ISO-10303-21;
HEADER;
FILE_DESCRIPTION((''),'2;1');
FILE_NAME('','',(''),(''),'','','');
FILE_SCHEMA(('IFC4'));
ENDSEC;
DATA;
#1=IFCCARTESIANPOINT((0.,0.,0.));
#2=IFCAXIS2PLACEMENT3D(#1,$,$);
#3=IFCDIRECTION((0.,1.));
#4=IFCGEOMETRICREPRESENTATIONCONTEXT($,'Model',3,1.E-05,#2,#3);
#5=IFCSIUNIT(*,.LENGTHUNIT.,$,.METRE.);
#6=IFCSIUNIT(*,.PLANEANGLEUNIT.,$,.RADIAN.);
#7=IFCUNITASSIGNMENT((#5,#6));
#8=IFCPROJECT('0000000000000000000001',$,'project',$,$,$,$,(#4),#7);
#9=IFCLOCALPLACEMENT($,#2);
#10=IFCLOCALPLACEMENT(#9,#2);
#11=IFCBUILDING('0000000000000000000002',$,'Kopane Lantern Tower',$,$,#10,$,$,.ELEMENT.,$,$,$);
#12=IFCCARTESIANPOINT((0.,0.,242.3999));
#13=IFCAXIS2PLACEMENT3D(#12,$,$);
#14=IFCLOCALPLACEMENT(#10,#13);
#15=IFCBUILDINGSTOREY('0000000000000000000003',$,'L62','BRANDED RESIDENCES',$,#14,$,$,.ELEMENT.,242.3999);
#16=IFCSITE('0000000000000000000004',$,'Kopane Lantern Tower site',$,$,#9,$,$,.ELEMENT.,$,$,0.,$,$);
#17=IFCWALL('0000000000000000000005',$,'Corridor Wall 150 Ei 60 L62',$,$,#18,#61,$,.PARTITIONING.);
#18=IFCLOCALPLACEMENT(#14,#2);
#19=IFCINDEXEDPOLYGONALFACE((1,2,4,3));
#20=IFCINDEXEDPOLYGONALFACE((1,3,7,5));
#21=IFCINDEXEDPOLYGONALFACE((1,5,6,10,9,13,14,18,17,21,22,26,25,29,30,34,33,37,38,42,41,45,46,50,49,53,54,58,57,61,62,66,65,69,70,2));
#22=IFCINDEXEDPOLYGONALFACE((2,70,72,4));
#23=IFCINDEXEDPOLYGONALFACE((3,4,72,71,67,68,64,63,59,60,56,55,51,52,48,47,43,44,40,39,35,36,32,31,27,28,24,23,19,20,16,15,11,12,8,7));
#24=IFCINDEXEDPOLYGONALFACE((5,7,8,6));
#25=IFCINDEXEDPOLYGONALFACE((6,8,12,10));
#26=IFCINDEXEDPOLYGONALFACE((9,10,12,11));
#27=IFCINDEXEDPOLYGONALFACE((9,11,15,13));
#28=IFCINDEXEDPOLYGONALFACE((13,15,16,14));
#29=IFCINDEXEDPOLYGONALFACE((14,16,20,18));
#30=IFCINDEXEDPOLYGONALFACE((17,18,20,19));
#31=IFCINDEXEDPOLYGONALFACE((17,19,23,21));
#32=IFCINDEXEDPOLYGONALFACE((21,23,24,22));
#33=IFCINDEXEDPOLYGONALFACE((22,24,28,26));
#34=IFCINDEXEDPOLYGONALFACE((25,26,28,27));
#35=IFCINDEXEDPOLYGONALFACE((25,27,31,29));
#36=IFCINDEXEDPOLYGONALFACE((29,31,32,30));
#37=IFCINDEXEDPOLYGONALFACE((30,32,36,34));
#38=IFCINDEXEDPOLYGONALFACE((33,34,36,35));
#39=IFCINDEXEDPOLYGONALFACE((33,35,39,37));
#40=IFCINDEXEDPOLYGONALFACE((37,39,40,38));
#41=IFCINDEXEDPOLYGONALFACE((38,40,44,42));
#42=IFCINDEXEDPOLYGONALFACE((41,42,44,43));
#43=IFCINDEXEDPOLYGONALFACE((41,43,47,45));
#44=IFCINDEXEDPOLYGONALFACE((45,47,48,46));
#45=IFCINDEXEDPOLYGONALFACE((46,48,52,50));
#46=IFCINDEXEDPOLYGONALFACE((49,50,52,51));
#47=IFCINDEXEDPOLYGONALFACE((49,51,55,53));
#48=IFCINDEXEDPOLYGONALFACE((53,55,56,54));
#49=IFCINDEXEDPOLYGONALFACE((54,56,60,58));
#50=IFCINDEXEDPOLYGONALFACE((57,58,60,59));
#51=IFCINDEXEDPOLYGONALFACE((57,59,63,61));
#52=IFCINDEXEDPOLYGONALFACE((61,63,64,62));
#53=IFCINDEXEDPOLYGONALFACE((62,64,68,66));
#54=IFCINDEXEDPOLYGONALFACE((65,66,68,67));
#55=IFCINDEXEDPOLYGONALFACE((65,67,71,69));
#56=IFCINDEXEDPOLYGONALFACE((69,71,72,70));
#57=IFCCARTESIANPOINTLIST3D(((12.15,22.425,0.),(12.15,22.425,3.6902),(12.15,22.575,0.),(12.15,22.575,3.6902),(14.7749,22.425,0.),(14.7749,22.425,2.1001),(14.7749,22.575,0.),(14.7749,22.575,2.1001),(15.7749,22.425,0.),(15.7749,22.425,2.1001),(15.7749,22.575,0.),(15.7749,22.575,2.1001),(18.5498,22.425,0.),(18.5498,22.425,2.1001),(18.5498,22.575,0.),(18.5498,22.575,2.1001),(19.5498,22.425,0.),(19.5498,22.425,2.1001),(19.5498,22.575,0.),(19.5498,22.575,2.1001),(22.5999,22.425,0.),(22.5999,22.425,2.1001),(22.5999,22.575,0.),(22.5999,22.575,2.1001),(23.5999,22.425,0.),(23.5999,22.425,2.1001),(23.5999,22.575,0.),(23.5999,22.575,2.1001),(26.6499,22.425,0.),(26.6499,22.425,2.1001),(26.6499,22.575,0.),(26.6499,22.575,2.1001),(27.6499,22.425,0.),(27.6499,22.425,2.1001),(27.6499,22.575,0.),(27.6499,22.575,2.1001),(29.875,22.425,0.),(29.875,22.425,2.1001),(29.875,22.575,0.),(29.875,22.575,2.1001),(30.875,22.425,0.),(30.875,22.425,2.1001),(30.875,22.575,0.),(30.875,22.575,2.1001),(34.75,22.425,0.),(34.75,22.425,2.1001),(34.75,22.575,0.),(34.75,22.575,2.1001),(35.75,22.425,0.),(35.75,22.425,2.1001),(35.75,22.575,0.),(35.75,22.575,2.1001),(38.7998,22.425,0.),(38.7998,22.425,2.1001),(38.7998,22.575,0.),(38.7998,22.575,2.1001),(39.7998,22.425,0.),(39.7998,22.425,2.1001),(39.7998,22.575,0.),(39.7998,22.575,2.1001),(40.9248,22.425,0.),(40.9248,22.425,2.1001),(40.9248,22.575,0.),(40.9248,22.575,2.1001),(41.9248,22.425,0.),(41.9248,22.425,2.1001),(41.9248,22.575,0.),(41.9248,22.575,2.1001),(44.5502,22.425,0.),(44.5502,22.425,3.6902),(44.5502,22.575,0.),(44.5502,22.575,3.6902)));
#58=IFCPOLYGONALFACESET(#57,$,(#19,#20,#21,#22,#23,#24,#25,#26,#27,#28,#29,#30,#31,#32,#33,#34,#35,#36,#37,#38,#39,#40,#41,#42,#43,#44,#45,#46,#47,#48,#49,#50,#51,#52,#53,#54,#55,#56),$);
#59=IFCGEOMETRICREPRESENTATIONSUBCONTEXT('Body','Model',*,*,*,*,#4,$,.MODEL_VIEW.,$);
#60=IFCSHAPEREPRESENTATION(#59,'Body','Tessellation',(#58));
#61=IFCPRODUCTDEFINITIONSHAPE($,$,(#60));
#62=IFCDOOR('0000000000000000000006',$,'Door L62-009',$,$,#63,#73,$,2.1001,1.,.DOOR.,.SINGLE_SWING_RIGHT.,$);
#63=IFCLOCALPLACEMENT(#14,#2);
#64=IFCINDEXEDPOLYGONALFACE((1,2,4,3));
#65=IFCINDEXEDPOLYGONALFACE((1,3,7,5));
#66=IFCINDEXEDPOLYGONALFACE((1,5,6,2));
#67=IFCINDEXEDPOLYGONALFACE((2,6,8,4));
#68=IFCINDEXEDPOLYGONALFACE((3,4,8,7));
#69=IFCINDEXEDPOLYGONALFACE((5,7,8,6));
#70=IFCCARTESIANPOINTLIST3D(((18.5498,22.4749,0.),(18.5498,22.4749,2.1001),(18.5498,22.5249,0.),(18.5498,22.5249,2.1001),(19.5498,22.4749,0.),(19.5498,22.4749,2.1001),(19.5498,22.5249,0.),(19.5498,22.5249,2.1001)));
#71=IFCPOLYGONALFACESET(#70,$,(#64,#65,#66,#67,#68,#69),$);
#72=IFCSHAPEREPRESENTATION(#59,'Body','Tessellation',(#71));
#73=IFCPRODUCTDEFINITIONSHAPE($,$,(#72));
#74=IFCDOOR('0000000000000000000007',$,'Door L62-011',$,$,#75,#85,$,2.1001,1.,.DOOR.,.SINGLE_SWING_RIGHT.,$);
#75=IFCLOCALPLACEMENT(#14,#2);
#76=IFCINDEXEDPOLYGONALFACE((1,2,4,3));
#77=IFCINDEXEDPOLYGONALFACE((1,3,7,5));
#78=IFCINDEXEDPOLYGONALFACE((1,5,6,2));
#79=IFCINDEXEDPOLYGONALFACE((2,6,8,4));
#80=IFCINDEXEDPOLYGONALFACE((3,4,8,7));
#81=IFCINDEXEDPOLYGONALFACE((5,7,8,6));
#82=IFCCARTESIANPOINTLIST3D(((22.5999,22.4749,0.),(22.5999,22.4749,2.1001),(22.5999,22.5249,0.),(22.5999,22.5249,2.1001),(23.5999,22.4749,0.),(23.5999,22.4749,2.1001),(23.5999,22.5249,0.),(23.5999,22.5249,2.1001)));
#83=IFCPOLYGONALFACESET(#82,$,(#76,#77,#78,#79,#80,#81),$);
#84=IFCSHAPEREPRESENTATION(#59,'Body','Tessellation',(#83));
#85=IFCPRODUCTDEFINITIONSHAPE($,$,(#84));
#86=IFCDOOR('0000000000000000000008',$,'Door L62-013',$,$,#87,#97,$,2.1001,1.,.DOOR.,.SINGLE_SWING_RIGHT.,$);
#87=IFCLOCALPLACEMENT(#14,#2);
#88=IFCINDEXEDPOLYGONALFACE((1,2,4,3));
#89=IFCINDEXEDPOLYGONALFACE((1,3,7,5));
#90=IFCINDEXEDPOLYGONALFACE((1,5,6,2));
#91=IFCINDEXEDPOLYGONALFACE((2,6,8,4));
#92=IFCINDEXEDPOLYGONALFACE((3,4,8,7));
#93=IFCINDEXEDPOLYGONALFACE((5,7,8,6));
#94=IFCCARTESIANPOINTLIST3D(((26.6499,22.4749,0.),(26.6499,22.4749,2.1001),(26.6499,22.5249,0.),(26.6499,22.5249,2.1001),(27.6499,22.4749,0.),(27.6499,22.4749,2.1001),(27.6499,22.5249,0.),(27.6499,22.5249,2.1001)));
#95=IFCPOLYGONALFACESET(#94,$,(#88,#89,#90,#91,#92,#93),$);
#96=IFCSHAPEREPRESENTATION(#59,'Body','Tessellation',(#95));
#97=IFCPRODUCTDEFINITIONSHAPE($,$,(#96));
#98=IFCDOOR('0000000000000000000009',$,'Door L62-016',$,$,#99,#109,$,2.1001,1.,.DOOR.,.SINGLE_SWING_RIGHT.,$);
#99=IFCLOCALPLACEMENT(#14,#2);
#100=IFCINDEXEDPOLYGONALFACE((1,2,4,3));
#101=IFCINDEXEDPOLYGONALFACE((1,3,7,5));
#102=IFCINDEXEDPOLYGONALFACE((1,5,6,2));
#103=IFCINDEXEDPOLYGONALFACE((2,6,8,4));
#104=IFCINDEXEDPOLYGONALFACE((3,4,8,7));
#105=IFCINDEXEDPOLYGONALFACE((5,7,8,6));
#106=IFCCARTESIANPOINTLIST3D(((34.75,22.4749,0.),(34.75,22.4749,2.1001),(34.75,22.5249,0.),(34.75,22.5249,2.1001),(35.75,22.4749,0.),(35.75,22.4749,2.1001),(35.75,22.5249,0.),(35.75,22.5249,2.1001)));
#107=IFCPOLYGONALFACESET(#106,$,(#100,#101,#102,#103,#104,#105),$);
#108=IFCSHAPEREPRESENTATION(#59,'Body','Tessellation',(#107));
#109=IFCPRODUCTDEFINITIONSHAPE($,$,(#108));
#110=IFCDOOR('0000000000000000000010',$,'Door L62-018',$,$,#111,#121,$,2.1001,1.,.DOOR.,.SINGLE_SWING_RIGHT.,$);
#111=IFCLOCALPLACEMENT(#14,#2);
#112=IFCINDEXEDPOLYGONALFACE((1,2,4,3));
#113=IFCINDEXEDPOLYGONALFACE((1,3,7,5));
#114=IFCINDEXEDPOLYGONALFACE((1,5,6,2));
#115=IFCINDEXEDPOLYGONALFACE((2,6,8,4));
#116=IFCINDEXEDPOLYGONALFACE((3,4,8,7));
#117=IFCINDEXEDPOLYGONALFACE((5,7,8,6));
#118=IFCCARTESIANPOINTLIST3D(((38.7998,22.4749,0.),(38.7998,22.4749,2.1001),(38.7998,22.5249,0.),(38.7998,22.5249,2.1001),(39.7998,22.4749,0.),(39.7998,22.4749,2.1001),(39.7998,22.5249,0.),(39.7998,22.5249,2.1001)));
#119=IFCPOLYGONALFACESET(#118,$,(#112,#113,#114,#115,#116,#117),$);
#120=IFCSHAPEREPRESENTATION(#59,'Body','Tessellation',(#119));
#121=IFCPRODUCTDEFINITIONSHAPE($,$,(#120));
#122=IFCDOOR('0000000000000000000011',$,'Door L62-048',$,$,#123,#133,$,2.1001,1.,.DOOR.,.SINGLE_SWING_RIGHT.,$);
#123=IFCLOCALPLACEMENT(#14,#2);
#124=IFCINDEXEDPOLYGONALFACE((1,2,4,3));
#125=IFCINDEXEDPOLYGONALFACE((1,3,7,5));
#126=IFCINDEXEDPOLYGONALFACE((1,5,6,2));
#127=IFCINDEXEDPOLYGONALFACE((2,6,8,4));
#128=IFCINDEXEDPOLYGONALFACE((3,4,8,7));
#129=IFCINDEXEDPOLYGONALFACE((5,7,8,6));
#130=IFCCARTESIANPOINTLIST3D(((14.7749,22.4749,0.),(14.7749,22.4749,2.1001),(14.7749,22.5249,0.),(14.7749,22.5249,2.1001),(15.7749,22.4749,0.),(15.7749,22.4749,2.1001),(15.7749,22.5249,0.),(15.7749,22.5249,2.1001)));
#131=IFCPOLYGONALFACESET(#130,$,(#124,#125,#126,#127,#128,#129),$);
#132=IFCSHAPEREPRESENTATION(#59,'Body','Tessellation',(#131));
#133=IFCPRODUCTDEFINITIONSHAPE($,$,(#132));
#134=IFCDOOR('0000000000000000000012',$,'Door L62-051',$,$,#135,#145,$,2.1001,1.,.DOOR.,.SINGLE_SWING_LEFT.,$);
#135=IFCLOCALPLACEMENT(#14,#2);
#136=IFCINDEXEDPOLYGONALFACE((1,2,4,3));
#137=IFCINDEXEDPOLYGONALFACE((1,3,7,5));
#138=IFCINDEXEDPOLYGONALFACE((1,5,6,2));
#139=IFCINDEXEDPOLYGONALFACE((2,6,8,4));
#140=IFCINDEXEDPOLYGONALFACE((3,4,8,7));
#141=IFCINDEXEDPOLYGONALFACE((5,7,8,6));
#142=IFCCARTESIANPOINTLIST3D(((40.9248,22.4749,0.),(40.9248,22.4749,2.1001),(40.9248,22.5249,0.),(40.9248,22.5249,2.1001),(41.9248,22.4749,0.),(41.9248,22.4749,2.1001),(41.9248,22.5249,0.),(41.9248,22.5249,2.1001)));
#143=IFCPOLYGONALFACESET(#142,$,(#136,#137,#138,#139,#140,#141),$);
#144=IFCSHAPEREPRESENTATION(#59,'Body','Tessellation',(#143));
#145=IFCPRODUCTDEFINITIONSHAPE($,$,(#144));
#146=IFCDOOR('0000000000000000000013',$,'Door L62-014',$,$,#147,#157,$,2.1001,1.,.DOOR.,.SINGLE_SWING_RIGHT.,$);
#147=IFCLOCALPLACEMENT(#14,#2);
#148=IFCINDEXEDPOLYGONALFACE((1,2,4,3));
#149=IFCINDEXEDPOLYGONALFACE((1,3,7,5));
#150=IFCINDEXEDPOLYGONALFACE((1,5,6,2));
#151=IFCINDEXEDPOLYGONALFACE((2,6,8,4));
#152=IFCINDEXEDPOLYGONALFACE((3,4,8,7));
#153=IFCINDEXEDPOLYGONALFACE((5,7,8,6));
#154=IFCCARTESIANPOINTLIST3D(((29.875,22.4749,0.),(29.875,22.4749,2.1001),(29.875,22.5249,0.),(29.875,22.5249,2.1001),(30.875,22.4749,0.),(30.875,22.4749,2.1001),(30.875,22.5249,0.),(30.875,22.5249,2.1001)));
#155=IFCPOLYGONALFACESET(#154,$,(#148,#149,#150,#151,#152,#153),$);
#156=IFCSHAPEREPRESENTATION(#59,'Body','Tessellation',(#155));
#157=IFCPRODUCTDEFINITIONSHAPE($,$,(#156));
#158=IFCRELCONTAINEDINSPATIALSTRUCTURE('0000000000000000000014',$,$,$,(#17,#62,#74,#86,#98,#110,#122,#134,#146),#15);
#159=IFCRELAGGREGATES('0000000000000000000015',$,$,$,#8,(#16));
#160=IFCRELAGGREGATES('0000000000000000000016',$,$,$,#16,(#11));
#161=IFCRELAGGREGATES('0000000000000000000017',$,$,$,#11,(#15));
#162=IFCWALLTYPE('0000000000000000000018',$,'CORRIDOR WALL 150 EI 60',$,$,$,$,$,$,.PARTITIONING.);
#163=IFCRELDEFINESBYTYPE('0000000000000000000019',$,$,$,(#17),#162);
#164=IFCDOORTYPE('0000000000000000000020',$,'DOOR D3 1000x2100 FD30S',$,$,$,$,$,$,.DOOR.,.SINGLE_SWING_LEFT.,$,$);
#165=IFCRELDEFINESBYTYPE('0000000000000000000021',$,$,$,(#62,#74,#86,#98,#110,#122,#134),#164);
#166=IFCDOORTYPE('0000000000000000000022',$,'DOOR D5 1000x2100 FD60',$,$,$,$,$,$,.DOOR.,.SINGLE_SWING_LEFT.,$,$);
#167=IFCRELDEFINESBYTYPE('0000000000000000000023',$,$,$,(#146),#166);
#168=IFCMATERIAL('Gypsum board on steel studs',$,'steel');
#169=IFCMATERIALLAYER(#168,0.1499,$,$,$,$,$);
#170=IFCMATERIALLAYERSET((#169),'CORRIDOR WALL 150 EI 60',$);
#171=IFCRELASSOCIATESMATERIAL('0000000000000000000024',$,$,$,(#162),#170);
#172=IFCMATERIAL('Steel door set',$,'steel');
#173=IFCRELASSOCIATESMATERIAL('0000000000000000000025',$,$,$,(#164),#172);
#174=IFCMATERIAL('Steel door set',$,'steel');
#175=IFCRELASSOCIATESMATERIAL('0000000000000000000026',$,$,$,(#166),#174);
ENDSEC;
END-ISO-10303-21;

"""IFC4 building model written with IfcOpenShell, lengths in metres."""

from ifc_helpers import new_model, si_unit, direction, frame, frame_2d, origin, place, context, subcontext, project, spatial, rectangle, extrude, material, layer, layer_set, type_object, element, fill, save


model = new_model("IFC4")

# Units and contexts
model_context = context("Model", 3, precision=1e-05, world=origin(), true_north=direction((0.0, 1.0)))
body_context = subcontext(model_context, "Body", "Model", "MODEL_VIEW")
ifc_project = project(units=[si_unit("LENGTHUNIT", "METRE"), si_unit("PLANEANGLEUNIT", "RADIAN")], contexts=[model_context])

# Site, building, storey
site_placement = place(None, origin())
site = spatial("IfcSite", under=ifc_project, at=site_placement, Name="Kopane Lantern Tower site", CompositionType="ELEMENT", RefElevation=0.0)
building_placement = place(site_placement, origin())
building = spatial("IfcBuilding", under=site, at=building_placement, Name="Kopane Lantern Tower", CompositionType="ELEMENT")
storey_placement = place(building_placement, frame((0.0, 0.0, 242.3999)))
storey = spatial("IfcBuildingStorey", under=building, at=storey_placement, Name="L62", Description="BRANDED RESIDENCES", CompositionType="ELEMENT", Elevation=242.3999)

# Wall, openings, doors
ifc_material_1 = material(Name="Gypsum board on steel studs", Category="steel")
ifc_layer_1 = layer(ifc_material_1, 0.1499)
ifc_layer_set_1 = layer_set([ifc_layer_1], Name="CORRIDOR WALL 150 EI 60")
wall_type_1 = type_object("IfcWallType", Name="CORRIDOR WALL 150 EI 60", PredefinedType="PARTITIONING", material=ifc_layer_set_1)
wall_1_placement = place(storey_placement, frame((12.1499, 22.5, 0.0), z_axis=(0.0, 0.0, 1.0), x_axis=(1.0, 0.0, 0.0)))
wall_1 = element("IfcWall", 1, at=wall_1_placement, inside=storey, type_object=wall_type_1, Name="Corridor Wall 150 Ei 60 L62", PredefinedType="PARTITIONING", context=body_context, shape_type="SweptSolid", body=[
    extrude(rectangle(XDim=32.4001, YDim=0.1499, at=frame_2d((16.2002, 0.0))), origin(), (0.0, 0.0, 1.0), 3.6902),
])
opening_1_placement = place(wall_1_placement, frame((6.3999, 0.0, 0.0)))
opening_1 = element("IfcOpeningElement", 2, at=opening_1_placement, cuts=wall_1, PredefinedType="OPENING", context=body_context, shape_type="SweptSolid", body=[
    extrude(rectangle(XDim=1.0, YDim=2.1001, at=frame_2d((0.5, 1.05))), frame((0.0, 0.085, 0.0), z_axis=(0.0, -1.0, 0.0), x_axis=(1.0, 0.0, 0.0)), (0.0, 0.0, 1.0), 0.1699),
])
opening_2_placement = place(wall_1_placement, frame((10.45, 0.0, 0.0)))
opening_2 = element("IfcOpeningElement", 3, at=opening_2_placement, cuts=wall_1, PredefinedType="OPENING", context=body_context, shape_type="SweptSolid", body=[
    extrude(rectangle(XDim=1.0, YDim=2.1001, at=frame_2d((0.5, 1.05))), frame((0.0, 0.085, 0.0), z_axis=(0.0, -1.0, 0.0), x_axis=(1.0, 0.0, 0.0)), (0.0, 0.0, 1.0), 0.1699),
])
opening_3_placement = place(wall_1_placement, frame((14.5, 0.0, 0.0)))
opening_3 = element("IfcOpeningElement", 4, at=opening_3_placement, cuts=wall_1, PredefinedType="OPENING", context=body_context, shape_type="SweptSolid", body=[
    extrude(rectangle(XDim=1.0, YDim=2.1001, at=frame_2d((0.5, 1.05))), frame((0.0, 0.085, 0.0), z_axis=(0.0, -1.0, 0.0), x_axis=(1.0, 0.0, 0.0)), (0.0, 0.0, 1.0), 0.1699),
])
opening_4_placement = place(wall_1_placement, frame((17.7251, 0.0, 0.0)))
opening_4 = element("IfcOpeningElement", 5, at=opening_4_placement, cuts=wall_1, PredefinedType="OPENING", context=body_context, shape_type="SweptSolid", body=[
    extrude(rectangle(XDim=1.0, YDim=2.1001, at=frame_2d((0.5, 1.05))), frame((0.0, 0.085, 0.0), z_axis=(0.0, -1.0, 0.0), x_axis=(1.0, 0.0, 0.0)), (0.0, 0.0, 1.0), 0.1699),
])
opening_5_placement = place(wall_1_placement, frame((22.6001, 0.0, 0.0)))
opening_5 = element("IfcOpeningElement", 6, at=opening_5_placement, cuts=wall_1, PredefinedType="OPENING", context=body_context, shape_type="SweptSolid", body=[
    extrude(rectangle(XDim=1.0, YDim=2.1001, at=frame_2d((0.5, 1.05))), frame((0.0, 0.085, 0.0), z_axis=(0.0, -1.0, 0.0), x_axis=(1.0, 0.0, 0.0)), (0.0, 0.0, 1.0), 0.1699),
])
opening_6_placement = place(wall_1_placement, frame((26.6499, 0.0, 0.0)))
opening_6 = element("IfcOpeningElement", 7, at=opening_6_placement, cuts=wall_1, PredefinedType="OPENING", context=body_context, shape_type="SweptSolid", body=[
    extrude(rectangle(XDim=1.0, YDim=2.1001, at=frame_2d((0.5, 1.05))), frame((0.0, 0.085, 0.0), z_axis=(0.0, -1.0, 0.0), x_axis=(1.0, 0.0, 0.0)), (0.0, 0.0, 1.0), 0.1699),
])
opening_7_placement = place(wall_1_placement, frame((2.625, 0.0, 0.0)))
opening_7 = element("IfcOpeningElement", 8, at=opening_7_placement, cuts=wall_1, PredefinedType="OPENING", context=body_context, shape_type="SweptSolid", body=[
    extrude(rectangle(XDim=1.0, YDim=2.1001, at=frame_2d((0.5, 1.05))), frame((0.0, 0.085, 0.0), z_axis=(0.0, -1.0, 0.0), x_axis=(1.0, 0.0, 0.0)), (0.0, 0.0, 1.0), 0.1699),
])
opening_8_placement = place(wall_1_placement, frame((28.7749, 0.0, 0.0)))
opening_8 = element("IfcOpeningElement", 9, at=opening_8_placement, cuts=wall_1, PredefinedType="OPENING", context=body_context, shape_type="SweptSolid", body=[
    extrude(rectangle(XDim=1.0, YDim=2.1001, at=frame_2d((0.5, 1.05))), frame((0.0, 0.085, 0.0), z_axis=(0.0, -1.0, 0.0), x_axis=(1.0, 0.0, 0.0)), (0.0, 0.0, 1.0), 0.1699),
])
ifc_material_2 = material(Name="Steel door set", Category="steel")
door_type_1 = type_object("IfcDoorType", Name="DOOR D3 1000x2100 FD30S", OperationType="SINGLE_SWING_LEFT", PredefinedType="DOOR", material=ifc_material_2)
door_1_placement = place(opening_1_placement, origin())
door_1 = element("IfcDoor", 10, at=door_1_placement, inside=storey, type_object=door_type_1, Name="Door L62-009", OperationType="SINGLE_SWING_RIGHT", OverallHeight=2.1001, OverallWidth=1.0, PredefinedType="DOOR", context=body_context, shape_type="SweptSolid", body=[
    extrude(rectangle(XDim=1.0, YDim=2.1001, at=frame_2d((0.5, 1.05))), frame((0.0, 0.0249, 0.0), z_axis=(0.0, -1.0, 0.0), x_axis=(1.0, 0.0, 0.0)), (0.0, 0.0, 1.0), 0.05),
])
fill(opening_1, door_1)
door_2_placement = place(opening_2_placement, origin())
door_2 = element("IfcDoor", 11, at=door_2_placement, inside=storey, type_object=door_type_1, Name="Door L62-011", OperationType="SINGLE_SWING_RIGHT", OverallHeight=2.1001, OverallWidth=1.0, PredefinedType="DOOR", context=body_context, shape_type="SweptSolid", body=[
    extrude(rectangle(XDim=1.0, YDim=2.1001, at=frame_2d((0.5, 1.05))), frame((0.0, 0.0249, 0.0), z_axis=(0.0, -1.0, 0.0), x_axis=(1.0, 0.0, 0.0)), (0.0, 0.0, 1.0), 0.05),
])
fill(opening_2, door_2)
door_3_placement = place(opening_3_placement, origin())
door_3 = element("IfcDoor", 12, at=door_3_placement, inside=storey, type_object=door_type_1, Name="Door L62-013", OperationType="SINGLE_SWING_RIGHT", OverallHeight=2.1001, OverallWidth=1.0, PredefinedType="DOOR", context=body_context, shape_type="SweptSolid", body=[
    extrude(rectangle(XDim=1.0, YDim=2.1001, at=frame_2d((0.5, 1.05))), frame((0.0, 0.0249, 0.0), z_axis=(0.0, -1.0, 0.0), x_axis=(1.0, 0.0, 0.0)), (0.0, 0.0, 1.0), 0.05),
])
fill(opening_3, door_3)
door_4_placement = place(opening_5_placement, origin())
door_4 = element("IfcDoor", 13, at=door_4_placement, inside=storey, type_object=door_type_1, Name="Door L62-016", OperationType="SINGLE_SWING_RIGHT", OverallHeight=2.1001, OverallWidth=1.0, PredefinedType="DOOR", context=body_context, shape_type="SweptSolid", body=[
    extrude(rectangle(XDim=1.0, YDim=2.1001, at=frame_2d((0.5, 1.05))), frame((0.0, 0.0249, 0.0), z_axis=(0.0, -1.0, 0.0), x_axis=(1.0, 0.0, 0.0)), (0.0, 0.0, 1.0), 0.05),
])
fill(opening_5, door_4)
door_5_placement = place(opening_6_placement, origin())
door_5 = element("IfcDoor", 14, at=door_5_placement, inside=storey, type_object=door_type_1, Name="Door L62-018", OperationType="SINGLE_SWING_RIGHT", OverallHeight=2.1001, OverallWidth=1.0, PredefinedType="DOOR", context=body_context, shape_type="SweptSolid", body=[
    extrude(rectangle(XDim=1.0, YDim=2.1001, at=frame_2d((0.5, 1.05))), frame((0.0, 0.0249, 0.0), z_axis=(0.0, -1.0, 0.0), x_axis=(1.0, 0.0, 0.0)), (0.0, 0.0, 1.0), 0.05),
])
fill(opening_6, door_5)
door_6_placement = place(opening_7_placement, origin())
door_6 = element("IfcDoor", 15, at=door_6_placement, inside=storey, type_object=door_type_1, Name="Door L62-048", OperationType="SINGLE_SWING_RIGHT", OverallHeight=2.1001, OverallWidth=1.0, PredefinedType="DOOR", context=body_context, shape_type="SweptSolid", body=[
    extrude(rectangle(XDim=1.0, YDim=2.1001, at=frame_2d((0.5, 1.05))), frame((0.0, 0.0249, 0.0), z_axis=(0.0, -1.0, 0.0), x_axis=(1.0, 0.0, 0.0)), (0.0, 0.0, 1.0), 0.05),
])
fill(opening_7, door_6)
door_7_placement = place(opening_8_placement, origin())
door_7 = element("IfcDoor", 16, at=door_7_placement, inside=storey, type_object=door_type_1, Name="Door L62-051", OperationType="SINGLE_SWING_LEFT", OverallHeight=2.1001, OverallWidth=1.0, PredefinedType="DOOR", context=body_context, shape_type="SweptSolid", body=[
    extrude(rectangle(XDim=1.0, YDim=2.1001, at=frame_2d((0.5, 1.05))), frame((0.0, 0.0249, 0.0), z_axis=(0.0, -1.0, 0.0), x_axis=(1.0, 0.0, 0.0)), (0.0, 0.0, 1.0), 0.05),
])
fill(opening_8, door_7)
ifc_material_3 = material(Name="Steel door set", Category="steel")
door_type_2 = type_object("IfcDoorType", Name="DOOR D5 1000x2100 FD60", OperationType="SINGLE_SWING_LEFT", PredefinedType="DOOR", material=ifc_material_3)
door_8_placement = place(opening_4_placement, origin())
door_8 = element("IfcDoor", 17, at=door_8_placement, inside=storey, type_object=door_type_2, Name="Door L62-014", OperationType="SINGLE_SWING_RIGHT", OverallHeight=2.1001, OverallWidth=1.0, PredefinedType="DOOR", context=body_context, shape_type="SweptSolid", body=[
    extrude(rectangle(XDim=1.0, YDim=2.1001, at=frame_2d((0.5, 1.05))), frame((0.0, 0.0249, 0.0), z_axis=(0.0, -1.0, 0.0), x_axis=(1.0, 0.0, 0.0)), (0.0, 0.0, 1.0), 0.05),
])
fill(opening_4, door_8)

save(model, "model.ifc")
